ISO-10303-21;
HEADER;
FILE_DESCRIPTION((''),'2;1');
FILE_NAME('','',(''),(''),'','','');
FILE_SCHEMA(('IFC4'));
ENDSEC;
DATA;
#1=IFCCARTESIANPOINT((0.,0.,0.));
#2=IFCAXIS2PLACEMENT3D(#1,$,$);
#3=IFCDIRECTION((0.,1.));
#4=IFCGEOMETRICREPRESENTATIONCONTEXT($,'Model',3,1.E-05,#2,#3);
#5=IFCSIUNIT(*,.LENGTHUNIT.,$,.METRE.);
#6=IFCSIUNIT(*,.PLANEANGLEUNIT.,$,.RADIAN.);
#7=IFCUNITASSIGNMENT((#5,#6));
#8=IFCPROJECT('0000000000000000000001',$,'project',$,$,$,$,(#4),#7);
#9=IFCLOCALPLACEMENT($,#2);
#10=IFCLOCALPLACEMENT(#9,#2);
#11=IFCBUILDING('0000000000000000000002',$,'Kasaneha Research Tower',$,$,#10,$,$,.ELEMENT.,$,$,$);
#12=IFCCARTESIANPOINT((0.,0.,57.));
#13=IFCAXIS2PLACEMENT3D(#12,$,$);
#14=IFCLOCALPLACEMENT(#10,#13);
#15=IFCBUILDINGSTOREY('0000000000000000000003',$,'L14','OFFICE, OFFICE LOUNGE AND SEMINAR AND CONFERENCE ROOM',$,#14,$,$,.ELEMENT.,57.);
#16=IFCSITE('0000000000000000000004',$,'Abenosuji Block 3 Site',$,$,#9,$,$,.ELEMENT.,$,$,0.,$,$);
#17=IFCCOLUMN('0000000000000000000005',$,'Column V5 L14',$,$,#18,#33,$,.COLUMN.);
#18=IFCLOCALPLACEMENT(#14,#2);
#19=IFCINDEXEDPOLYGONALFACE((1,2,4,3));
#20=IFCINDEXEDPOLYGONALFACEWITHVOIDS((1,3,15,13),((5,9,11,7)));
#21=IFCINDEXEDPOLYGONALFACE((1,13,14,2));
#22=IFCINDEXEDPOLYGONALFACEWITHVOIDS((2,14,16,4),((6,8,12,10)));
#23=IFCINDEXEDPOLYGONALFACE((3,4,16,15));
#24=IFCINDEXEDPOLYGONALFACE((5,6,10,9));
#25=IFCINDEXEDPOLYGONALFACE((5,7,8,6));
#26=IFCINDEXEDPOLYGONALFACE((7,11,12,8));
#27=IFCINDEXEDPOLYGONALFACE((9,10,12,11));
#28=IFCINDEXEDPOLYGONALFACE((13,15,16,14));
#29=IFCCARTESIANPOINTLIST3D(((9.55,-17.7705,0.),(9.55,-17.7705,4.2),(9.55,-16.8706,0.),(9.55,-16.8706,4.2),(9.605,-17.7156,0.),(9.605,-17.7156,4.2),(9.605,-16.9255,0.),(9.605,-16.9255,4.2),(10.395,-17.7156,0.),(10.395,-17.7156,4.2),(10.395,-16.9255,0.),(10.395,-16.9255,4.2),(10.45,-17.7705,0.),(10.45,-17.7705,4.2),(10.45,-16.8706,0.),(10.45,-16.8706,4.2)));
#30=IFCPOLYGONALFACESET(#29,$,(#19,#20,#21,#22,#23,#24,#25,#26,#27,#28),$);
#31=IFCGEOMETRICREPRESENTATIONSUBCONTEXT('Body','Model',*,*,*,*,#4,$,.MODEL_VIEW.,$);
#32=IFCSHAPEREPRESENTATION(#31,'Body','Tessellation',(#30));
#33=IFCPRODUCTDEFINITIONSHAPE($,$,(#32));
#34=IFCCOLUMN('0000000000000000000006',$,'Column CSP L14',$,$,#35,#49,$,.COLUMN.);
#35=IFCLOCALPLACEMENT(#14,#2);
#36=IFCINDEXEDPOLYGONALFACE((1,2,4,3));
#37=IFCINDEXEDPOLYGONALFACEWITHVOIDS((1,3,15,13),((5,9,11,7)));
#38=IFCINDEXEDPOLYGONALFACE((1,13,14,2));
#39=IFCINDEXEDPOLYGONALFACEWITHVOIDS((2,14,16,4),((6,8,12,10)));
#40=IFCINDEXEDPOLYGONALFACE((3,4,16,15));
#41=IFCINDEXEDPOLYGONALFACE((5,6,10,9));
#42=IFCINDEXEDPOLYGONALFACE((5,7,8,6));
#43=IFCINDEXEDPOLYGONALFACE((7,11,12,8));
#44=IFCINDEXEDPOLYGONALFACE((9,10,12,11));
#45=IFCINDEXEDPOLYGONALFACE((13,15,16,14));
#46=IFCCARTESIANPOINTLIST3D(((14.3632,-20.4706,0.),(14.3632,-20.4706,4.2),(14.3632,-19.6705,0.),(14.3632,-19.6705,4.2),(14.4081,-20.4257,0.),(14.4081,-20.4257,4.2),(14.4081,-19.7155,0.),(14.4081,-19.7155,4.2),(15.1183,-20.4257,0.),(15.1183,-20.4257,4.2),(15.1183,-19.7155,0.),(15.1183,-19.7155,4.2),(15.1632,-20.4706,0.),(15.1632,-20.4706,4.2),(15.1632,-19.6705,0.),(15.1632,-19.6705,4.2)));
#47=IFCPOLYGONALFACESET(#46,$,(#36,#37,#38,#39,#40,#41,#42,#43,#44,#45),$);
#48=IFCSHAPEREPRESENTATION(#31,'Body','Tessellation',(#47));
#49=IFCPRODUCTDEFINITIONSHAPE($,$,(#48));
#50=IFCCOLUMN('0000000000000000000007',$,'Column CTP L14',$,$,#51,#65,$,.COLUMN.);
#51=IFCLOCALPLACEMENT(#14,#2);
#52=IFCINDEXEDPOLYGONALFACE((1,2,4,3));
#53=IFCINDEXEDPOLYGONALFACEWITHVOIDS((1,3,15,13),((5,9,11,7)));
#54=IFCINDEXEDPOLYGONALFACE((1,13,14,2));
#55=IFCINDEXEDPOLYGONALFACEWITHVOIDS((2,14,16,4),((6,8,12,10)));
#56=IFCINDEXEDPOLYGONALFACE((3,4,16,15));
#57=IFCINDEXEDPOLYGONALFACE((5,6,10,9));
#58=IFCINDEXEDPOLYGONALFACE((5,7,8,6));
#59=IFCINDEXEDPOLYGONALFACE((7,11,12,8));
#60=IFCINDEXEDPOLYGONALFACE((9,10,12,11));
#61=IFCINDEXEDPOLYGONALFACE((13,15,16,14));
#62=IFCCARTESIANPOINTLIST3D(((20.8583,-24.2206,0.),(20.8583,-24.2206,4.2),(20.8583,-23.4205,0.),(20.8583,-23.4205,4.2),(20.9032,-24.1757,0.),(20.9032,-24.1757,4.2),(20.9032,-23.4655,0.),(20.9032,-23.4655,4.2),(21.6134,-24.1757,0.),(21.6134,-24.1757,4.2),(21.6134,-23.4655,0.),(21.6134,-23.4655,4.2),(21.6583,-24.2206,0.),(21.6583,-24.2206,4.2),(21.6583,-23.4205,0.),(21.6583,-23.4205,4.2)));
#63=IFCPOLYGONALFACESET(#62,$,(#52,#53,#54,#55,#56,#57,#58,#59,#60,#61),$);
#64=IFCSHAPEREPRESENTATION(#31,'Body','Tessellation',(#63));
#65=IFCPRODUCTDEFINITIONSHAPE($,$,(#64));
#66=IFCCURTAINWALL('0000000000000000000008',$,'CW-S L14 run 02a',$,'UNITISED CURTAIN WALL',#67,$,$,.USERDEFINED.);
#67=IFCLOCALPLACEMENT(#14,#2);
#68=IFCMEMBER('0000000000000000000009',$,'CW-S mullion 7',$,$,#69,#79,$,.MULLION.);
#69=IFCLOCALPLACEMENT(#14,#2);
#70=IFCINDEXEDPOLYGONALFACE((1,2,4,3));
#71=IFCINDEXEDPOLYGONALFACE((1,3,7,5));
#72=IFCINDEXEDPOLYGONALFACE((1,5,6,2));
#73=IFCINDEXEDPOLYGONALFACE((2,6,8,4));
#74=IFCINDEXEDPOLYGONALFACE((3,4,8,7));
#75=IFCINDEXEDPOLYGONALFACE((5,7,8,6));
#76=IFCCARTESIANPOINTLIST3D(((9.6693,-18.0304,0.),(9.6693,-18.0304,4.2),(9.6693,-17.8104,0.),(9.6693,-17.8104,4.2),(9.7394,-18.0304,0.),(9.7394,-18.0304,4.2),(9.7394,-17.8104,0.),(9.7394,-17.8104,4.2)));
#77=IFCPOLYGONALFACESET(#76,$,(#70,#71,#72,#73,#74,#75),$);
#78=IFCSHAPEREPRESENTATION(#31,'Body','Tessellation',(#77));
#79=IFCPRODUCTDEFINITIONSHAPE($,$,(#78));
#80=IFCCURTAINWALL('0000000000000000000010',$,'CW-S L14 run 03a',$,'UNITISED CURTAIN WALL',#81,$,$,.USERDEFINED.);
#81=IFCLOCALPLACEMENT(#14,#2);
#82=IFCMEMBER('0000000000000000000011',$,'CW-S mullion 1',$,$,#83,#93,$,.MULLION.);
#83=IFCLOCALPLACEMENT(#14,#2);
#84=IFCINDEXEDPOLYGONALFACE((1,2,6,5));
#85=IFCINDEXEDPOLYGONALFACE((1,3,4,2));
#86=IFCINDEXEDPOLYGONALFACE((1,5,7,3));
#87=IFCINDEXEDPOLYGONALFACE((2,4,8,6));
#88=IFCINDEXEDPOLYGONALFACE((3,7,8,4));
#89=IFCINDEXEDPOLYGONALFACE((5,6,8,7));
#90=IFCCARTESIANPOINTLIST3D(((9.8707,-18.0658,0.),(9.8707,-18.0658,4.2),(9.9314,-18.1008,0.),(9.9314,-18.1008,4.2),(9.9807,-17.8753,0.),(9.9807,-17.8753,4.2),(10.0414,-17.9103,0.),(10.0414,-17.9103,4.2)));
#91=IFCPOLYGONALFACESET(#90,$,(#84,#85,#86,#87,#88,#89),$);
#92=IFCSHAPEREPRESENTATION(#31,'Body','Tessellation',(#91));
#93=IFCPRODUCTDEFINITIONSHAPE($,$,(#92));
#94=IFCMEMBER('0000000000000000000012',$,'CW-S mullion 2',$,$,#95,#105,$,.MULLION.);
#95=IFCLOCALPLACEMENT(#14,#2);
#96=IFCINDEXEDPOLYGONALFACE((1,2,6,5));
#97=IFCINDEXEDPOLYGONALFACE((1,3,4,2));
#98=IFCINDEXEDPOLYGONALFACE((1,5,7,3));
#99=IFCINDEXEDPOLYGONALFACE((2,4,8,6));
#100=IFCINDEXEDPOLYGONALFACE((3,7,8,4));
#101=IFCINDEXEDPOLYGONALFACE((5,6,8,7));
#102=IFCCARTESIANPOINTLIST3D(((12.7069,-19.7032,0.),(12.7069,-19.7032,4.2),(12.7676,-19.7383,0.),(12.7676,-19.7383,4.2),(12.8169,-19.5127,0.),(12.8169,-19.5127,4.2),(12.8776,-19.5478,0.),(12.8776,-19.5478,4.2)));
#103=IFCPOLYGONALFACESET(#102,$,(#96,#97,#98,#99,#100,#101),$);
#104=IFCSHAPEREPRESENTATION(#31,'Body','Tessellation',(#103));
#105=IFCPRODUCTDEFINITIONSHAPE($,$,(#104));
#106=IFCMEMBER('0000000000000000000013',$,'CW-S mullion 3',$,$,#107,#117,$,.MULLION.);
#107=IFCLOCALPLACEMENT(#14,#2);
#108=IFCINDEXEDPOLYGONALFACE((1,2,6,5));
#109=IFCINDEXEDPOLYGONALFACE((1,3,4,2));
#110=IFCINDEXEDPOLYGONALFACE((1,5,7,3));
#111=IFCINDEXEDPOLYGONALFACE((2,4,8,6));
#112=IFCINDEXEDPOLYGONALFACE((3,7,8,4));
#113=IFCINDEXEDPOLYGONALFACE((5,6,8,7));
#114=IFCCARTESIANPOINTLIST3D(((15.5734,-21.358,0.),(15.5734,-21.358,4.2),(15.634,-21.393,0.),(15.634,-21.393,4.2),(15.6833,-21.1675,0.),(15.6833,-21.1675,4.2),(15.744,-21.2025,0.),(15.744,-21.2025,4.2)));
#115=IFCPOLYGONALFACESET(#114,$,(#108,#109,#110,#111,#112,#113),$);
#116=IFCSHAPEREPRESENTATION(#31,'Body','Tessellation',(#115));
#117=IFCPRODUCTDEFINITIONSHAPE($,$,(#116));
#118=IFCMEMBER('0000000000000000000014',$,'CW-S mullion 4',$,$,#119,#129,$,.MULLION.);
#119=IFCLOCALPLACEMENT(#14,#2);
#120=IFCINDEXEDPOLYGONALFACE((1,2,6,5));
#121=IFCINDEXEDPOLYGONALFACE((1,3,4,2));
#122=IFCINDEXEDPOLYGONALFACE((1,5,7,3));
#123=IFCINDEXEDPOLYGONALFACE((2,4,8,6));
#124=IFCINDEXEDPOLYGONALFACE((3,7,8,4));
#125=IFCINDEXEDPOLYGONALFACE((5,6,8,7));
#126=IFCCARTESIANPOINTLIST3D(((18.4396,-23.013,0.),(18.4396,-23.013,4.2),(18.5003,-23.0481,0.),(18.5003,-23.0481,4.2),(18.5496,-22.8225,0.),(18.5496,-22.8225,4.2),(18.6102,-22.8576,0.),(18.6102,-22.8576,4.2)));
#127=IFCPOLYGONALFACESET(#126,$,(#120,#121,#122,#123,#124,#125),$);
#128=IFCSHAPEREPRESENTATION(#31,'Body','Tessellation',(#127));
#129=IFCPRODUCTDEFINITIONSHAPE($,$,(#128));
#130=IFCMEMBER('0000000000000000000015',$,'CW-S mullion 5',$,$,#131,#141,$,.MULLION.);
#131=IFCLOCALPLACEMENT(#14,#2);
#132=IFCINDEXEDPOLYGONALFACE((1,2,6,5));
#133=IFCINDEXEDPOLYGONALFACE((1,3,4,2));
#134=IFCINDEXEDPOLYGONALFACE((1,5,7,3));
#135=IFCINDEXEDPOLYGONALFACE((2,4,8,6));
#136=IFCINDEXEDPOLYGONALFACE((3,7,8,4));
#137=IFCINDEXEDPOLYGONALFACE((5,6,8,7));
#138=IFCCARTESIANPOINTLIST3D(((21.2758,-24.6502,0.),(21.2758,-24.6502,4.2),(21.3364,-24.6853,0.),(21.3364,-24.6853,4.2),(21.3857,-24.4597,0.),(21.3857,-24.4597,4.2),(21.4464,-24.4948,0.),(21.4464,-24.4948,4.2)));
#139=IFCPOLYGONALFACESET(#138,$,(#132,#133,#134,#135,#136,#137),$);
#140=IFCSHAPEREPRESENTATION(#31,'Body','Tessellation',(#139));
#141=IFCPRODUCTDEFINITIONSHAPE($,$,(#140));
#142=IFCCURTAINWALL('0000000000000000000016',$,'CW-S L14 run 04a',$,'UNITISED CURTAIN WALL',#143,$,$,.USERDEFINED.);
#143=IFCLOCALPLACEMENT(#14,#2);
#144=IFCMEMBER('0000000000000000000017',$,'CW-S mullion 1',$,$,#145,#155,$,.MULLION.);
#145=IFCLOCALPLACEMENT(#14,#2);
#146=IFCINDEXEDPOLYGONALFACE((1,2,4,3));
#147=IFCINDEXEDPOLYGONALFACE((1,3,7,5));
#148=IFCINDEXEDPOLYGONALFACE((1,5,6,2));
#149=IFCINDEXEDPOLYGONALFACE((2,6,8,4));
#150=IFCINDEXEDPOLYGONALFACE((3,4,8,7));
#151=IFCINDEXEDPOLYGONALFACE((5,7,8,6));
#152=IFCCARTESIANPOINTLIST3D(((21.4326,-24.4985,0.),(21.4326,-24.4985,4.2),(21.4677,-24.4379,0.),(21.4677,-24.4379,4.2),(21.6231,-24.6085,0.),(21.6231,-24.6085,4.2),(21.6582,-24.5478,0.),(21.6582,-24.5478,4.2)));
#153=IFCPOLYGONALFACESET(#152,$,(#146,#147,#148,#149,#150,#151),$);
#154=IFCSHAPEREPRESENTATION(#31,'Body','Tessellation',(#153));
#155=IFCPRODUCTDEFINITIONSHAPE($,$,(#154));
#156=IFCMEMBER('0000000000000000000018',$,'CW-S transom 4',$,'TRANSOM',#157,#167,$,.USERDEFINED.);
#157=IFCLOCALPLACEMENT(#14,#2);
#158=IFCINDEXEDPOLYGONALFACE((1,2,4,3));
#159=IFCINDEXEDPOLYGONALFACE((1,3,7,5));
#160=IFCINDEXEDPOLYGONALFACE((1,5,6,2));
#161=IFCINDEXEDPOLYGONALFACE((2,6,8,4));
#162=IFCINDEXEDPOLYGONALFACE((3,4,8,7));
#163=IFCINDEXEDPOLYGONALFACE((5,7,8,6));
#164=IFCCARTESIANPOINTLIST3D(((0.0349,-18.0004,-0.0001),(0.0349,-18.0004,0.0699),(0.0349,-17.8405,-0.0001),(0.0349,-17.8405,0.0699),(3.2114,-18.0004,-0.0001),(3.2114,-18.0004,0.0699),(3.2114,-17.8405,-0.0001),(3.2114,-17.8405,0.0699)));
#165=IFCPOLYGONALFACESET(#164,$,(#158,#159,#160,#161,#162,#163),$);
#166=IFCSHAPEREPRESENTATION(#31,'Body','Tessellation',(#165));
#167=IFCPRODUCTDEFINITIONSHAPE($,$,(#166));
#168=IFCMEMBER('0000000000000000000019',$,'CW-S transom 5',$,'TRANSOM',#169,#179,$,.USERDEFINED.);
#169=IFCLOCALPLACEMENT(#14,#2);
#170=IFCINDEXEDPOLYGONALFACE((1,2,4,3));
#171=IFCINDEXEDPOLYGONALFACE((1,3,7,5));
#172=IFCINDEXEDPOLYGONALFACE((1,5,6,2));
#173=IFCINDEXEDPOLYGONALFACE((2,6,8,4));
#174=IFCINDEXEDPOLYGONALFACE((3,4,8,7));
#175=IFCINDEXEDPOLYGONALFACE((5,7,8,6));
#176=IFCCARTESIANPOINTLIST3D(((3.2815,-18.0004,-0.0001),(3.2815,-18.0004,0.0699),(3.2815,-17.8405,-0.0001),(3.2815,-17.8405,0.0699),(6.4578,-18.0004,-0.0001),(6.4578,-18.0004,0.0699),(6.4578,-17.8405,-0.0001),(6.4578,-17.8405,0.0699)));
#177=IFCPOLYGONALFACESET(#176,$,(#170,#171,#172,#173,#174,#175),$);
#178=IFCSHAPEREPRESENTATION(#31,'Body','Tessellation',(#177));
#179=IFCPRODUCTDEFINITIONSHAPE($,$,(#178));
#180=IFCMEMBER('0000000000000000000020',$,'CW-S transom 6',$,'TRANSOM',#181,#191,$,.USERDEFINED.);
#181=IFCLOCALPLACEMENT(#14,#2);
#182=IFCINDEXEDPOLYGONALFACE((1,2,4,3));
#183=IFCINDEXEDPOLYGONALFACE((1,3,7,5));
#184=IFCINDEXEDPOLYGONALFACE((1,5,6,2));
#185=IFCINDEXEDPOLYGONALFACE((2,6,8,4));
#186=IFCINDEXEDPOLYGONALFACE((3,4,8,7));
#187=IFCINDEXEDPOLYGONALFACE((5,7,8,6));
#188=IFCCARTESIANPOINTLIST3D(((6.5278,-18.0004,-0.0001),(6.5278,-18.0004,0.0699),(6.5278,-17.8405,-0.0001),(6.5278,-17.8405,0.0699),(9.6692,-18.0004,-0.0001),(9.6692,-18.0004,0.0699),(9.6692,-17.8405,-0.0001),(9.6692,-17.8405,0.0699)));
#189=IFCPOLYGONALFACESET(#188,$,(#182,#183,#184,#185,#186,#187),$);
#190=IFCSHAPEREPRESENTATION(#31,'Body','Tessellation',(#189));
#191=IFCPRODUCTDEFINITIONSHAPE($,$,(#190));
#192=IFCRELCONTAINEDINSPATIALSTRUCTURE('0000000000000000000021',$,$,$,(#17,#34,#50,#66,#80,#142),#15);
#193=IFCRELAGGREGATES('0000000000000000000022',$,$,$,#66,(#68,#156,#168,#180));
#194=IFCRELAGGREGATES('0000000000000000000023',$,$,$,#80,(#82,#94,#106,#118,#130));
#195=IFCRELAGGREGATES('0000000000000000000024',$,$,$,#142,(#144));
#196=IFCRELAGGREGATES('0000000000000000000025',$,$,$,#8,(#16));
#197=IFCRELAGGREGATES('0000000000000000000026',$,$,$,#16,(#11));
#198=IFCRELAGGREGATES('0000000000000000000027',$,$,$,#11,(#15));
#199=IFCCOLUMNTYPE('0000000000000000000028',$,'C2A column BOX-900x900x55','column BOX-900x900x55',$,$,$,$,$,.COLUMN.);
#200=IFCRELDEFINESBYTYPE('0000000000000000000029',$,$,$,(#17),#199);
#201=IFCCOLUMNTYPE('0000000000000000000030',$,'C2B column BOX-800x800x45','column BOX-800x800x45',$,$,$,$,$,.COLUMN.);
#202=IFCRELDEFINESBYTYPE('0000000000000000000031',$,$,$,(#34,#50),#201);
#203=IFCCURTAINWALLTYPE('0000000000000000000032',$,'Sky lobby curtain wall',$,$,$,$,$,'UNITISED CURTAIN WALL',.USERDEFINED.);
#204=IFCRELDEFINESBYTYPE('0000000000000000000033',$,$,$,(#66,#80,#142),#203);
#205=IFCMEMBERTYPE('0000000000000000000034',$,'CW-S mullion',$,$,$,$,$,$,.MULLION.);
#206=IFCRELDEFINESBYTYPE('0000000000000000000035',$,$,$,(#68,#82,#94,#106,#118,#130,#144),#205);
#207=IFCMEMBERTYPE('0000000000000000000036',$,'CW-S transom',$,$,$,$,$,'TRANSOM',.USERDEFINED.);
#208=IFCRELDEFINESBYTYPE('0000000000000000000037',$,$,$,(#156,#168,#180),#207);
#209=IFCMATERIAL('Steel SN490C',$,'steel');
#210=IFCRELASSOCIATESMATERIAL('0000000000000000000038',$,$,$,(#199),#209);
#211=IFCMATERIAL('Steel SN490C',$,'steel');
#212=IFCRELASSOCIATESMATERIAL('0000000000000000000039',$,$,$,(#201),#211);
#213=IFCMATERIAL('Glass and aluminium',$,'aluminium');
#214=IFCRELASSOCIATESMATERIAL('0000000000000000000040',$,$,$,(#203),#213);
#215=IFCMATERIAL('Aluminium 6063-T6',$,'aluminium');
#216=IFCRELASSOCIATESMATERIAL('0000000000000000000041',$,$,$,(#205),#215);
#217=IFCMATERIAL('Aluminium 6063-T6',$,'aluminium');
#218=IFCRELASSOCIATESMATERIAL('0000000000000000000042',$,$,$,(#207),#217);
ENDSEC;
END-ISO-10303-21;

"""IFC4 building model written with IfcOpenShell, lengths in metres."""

from ifc_helpers import new_model, si_unit, direction, frame, origin, origin_2d, place, context, subcontext, project, spatial, rectangle, hollow_rectangle, extrude, material, material_profile, profile_set, type_object, element, aggregate, save


model = new_model("IFC4")

# Units and contexts
model_context = context("Model", 3, precision=1e-05, world=origin(), true_north=direction((0.0, 1.0)))
body_context = subcontext(model_context, "Body", "Model", "MODEL_VIEW")
ifc_project = project(units=[si_unit("LENGTHUNIT", "METRE"), si_unit("PLANEANGLEUNIT", "RADIAN")], contexts=[model_context])

# Site, building, storey
site_placement = place(None, origin())
site = spatial("IfcSite", under=ifc_project, at=site_placement, Name="Abenosuji Block 3 Site", CompositionType="ELEMENT", RefElevation=0.0)
building_placement = place(site_placement, origin())
building = spatial("IfcBuilding", under=site, at=building_placement, Name="Kasaneha Research Tower", CompositionType="ELEMENT")
storey_placement = place(building_placement, frame((0.0, 0.0, 57.0)))
storey = spatial("IfcBuildingStorey", under=building, at=storey_placement, Name="L14", Description="OFFICE, OFFICE LOUNGE AND SEMINAR AND CONFERENCE ROOM", CompositionType="ELEMENT", Elevation=57.0)

# Columns
ifc_material_1 = material(Name="Steel SN490C", Category="steel")
ifc_material_profile_1 = material_profile(ifc_material_1, hollow_rectangle(XDim=0.8999, YDim=0.8999, WallThickness=0.0549, at=origin_2d()), Name="BOX-900x900x55")
ifc_profile_set_1 = profile_set([ifc_material_profile_1], Name="Steel SN490C")
column_type_1 = type_object("IfcColumnType", Name="C2A column BOX-900x900x55", Description="column BOX-900x900x55", PredefinedType="COLUMN", material=ifc_profile_set_1)
column_placement = place(storey_placement, frame((10.0, -17.3206, 0.0), z_axis=(0.0, 0.0, 1.0), x_axis=(1.0, 0.0, 0.0)))
element("IfcColumn", 1, at=column_placement, inside=storey, type_object=column_type_1, Name="Column V5 L14", PredefinedType="COLUMN", context=body_context, shape_type="SweptSolid", body=[
    extrude(hollow_rectangle(XDim=0.8999, YDim=0.8999, WallThickness=0.0549, at=origin_2d()), origin(), (0.0, 0.0, 1.0), 4.2),
])
ifc_material_2 = material(Name="Steel SN490C", Category="steel")
ifc_material_profile_2 = material_profile(ifc_material_2, hollow_rectangle(XDim=0.8, YDim=0.8, WallThickness=0.0449, at=origin_2d()), Name="BOX-800x800x45")
ifc_profile_set_2 = profile_set([ifc_material_profile_2], Name="Steel SN490C")
column_type_2 = type_object("IfcColumnType", Name="C2B column BOX-800x800x45", Description="column BOX-800x800x45", PredefinedType="COLUMN", material=ifc_profile_set_2)
for number, where, z_axis, x_axis, name in (
    (2, (14.7632, -20.0706, 0.0), (0.0, 0.0, 1.0), (1.0, 0.0, 0.0), "Column CSP L14"),
    (3, (21.2583, -23.8206, 0.0), (0.0, 0.0, 1.0), (1.0, 0.0, 0.0), "Column CTP L14"),
):
    element("IfcColumn", number, at=place(storey_placement, frame(where, z_axis=z_axis, x_axis=x_axis)), inside=storey, type_object=column_type_2, Name=name, PredefinedType="COLUMN", context=body_context, shape_type="SweptSolid", body=[
        extrude(hollow_rectangle(XDim=0.8, YDim=0.8, WallThickness=0.0449, at=origin_2d()), origin(), (0.0, 0.0, 1.0), 4.2),
    ])

# Curtain wall, member
ifc_material_3 = material(Name="Glass and aluminium", Category="aluminium")
curtain_wall_type = type_object("IfcCurtainWallType", Name="Sky lobby curtain wall", ElementType="UNITISED CURTAIN WALL", PredefinedType="USERDEFINED", material=ifc_material_3)
curtain_wall_1_placement = place(storey_placement, origin())
curtain_wall_1 = element("IfcCurtainWall", 4, at=curtain_wall_1_placement, inside=storey, type_object=curtain_wall_type, Name="CW-S L14 run 02a", ObjectType="UNITISED CURTAIN WALL", PredefinedType="USERDEFINED")
ifc_material_4 = material(Name="Aluminium 6063-T6", Category="aluminium")
ifc_material_profile_3 = material_profile(ifc_material_4, rectangle(XDim=0.0701, YDim=0.22, at=origin_2d()), Name="CW-S mullion 70x220")
ifc_profile_set_3 = profile_set([ifc_material_profile_3], Name="Aluminium 6063-T6")
member_type_1 = type_object("IfcMemberType", Name="CW-S mullion", PredefinedType="MULLION", material=ifc_profile_set_3)
member_1_placement = place(storey_placement, frame((9.7043, -17.9204, 0.0), z_axis=(0.0, 0.0, 1.0), x_axis=(1.0, 0.0, 0.0)))
member_1 = element("IfcMember", 5, at=member_1_placement, type_object=member_type_1, Name="CW-S mullion 7", PredefinedType="MULLION", context=body_context, shape_type="SweptSolid", body=[
    extrude(rectangle(XDim=0.0701, YDim=0.22, at=origin_2d()), origin(), (0.0, 0.0, 1.0), 4.2),
])

# Curtain wall, members
curtain_wall_2_placement = place(storey_placement, origin())
curtain_wall_2 = element("IfcCurtainWall", 6, at=curtain_wall_2_placement, inside=storey, type_object=curtain_wall_type, Name="CW-S L14 run 03a", ObjectType="UNITISED CURTAIN WALL", PredefinedType="USERDEFINED")
member_2_placement = place(storey_placement, frame((9.9561, -17.988, 0.0), z_axis=(0.0, 0.0, 1.0), x_axis=(0.866025, -0.5, 0.0)))
member_2 = element("IfcMember", 7, at=member_2_placement, type_object=member_type_1, Name="CW-S mullion 1", PredefinedType="MULLION", context=body_context, shape_type="SweptSolid", body=[
    extrude(rectangle(XDim=0.0701, YDim=0.22, at=origin_2d()), origin(), (0.0, 0.0, 1.0), 4.2),
])
member_3_placement = place(storey_placement, frame((12.7922, -19.6255, 0.0), z_axis=(0.0, 0.0, 1.0), x_axis=(0.866025, -0.5, 0.0)))
member_3 = element("IfcMember", 8, at=member_3_placement, type_object=member_type_1, Name="CW-S mullion 2", PredefinedType="MULLION", context=body_context, shape_type="SweptSolid", body=[
    extrude(rectangle(XDim=0.0701, YDim=0.22, at=origin_2d()), origin(), (0.0, 0.0, 1.0), 4.2),
])
member_4_placement = place(storey_placement, frame((15.6587, -21.2803, 0.0), z_axis=(0.0, 0.0, 1.0), x_axis=(0.866025, -0.5, 0.0)))
member_4 = element("IfcMember", 9, at=member_4_placement, type_object=member_type_1, Name="CW-S mullion 3", PredefinedType="MULLION", context=body_context, shape_type="SweptSolid", body=[
    extrude(rectangle(XDim=0.0701, YDim=0.22, at=origin_2d()), origin(), (0.0, 0.0, 1.0), 4.2),
])
member_5_placement = place(storey_placement, frame((18.5249, -22.9353, 0.0), z_axis=(0.0, 0.0, 1.0), x_axis=(0.866025, -0.5, 0.0)))
member_5 = element("IfcMember", 10, at=member_5_placement, type_object=member_type_1, Name="CW-S mullion 4", PredefinedType="MULLION", context=body_context, shape_type="SweptSolid", body=[
    extrude(rectangle(XDim=0.0701, YDim=0.22, at=origin_2d()), origin(), (0.0, 0.0, 1.0), 4.2),
])
member_6_placement = place(storey_placement, frame((21.3611, -24.5725, 0.0), z_axis=(0.0, 0.0, 1.0), x_axis=(0.866025, -0.5, 0.0)))
member_6 = element("IfcMember", 11, at=member_6_placement, type_object=member_type_1, Name="CW-S mullion 5", PredefinedType="MULLION", context=body_context, shape_type="SweptSolid", body=[
    extrude(rectangle(XDim=0.0701, YDim=0.22, at=origin_2d()), origin(), (0.0, 0.0, 1.0), 4.2),
])

# Curtain wall, member
curtain_wall_3_placement = place(storey_placement, origin())
curtain_wall_3 = element("IfcCurtainWall", 12, at=curtain_wall_3_placement, inside=storey, type_object=curtain_wall_type, Name="CW-S L14 run 04a", ObjectType="UNITISED CURTAIN WALL", PredefinedType="USERDEFINED")
member_7_placement = place(storey_placement, frame((21.5454, -24.5232, 0.0), z_axis=(0.0, 0.0, 1.0), x_axis=(0.5, 0.866025, 0.0)))
member_7 = element("IfcMember", 13, at=member_7_placement, type_object=member_type_1, Name="CW-S mullion 1", PredefinedType="MULLION", context=body_context, shape_type="SweptSolid", body=[
    extrude(rectangle(XDim=0.0701, YDim=0.22, at=origin_2d()), origin(), (0.0, 0.0, 1.0), 4.2),
])

# Members
ifc_material_5 = material(Name="Aluminium 6063-T6", Category="aluminium")
ifc_material_profile_4 = material_profile(ifc_material_5, rectangle(XDim=0.1599, YDim=0.0701, at=origin_2d()), Name="CW-S transom 160x70")
ifc_profile_set_4 = profile_set([ifc_material_profile_4], Name="Aluminium 6063-T6")
member_type_2 = type_object("IfcMemberType", Name="CW-S transom", ElementType="TRANSOM", PredefinedType="USERDEFINED", material=ifc_profile_set_4)
member_8_placement = place(storey_placement, frame((0.0349, -17.9204, 0.0349), z_axis=(1.0, 0.0, 0.0), x_axis=(0.0, 1.0, 0.0)))
member_8 = element("IfcMember", 14, at=member_8_placement, type_object=member_type_2, Name="CW-S transom 4", ObjectType="TRANSOM", PredefinedType="USERDEFINED", context=body_context, shape_type="SweptSolid", body=[
    extrude(rectangle(XDim=0.1599, YDim=0.0701, at=origin_2d()), origin(), (0.0, 0.0, 1.0), 3.1765),
])
member_9_placement = place(storey_placement, frame((3.2815, -17.9204, 0.0349), z_axis=(1.0, 0.0, 0.0), x_axis=(0.0, 1.0, 0.0)))
member_9 = element("IfcMember", 15, at=member_9_placement, type_object=member_type_2, Name="CW-S transom 5", ObjectType="TRANSOM", PredefinedType="USERDEFINED", context=body_context, shape_type="SweptSolid", body=[
    extrude(rectangle(XDim=0.1599, YDim=0.0701, at=origin_2d()), origin(), (0.0, 0.0, 1.0), 3.1763),
])
member_10_placement = place(storey_placement, frame((6.5278, -17.9204, 0.0349), z_axis=(1.0, 0.0, 0.0), x_axis=(0.0, 1.0, 0.0)))
member_10 = element("IfcMember", 16, at=member_10_placement, type_object=member_type_2, Name="CW-S transom 6", ObjectType="TRANSOM", PredefinedType="USERDEFINED", context=body_context, shape_type="SweptSolid", body=[
    extrude(rectangle(XDim=0.1599, YDim=0.0701, at=origin_2d()), origin(), (0.0, 0.0, 1.0), 3.1414),
])

aggregate(curtain_wall_1, [member_1, member_8, member_9, member_10])
aggregate(curtain_wall_2, [member_2, member_3, member_4, member_5, member_6])
aggregate(curtain_wall_3, [member_7])

save(model, "model.ifc")
